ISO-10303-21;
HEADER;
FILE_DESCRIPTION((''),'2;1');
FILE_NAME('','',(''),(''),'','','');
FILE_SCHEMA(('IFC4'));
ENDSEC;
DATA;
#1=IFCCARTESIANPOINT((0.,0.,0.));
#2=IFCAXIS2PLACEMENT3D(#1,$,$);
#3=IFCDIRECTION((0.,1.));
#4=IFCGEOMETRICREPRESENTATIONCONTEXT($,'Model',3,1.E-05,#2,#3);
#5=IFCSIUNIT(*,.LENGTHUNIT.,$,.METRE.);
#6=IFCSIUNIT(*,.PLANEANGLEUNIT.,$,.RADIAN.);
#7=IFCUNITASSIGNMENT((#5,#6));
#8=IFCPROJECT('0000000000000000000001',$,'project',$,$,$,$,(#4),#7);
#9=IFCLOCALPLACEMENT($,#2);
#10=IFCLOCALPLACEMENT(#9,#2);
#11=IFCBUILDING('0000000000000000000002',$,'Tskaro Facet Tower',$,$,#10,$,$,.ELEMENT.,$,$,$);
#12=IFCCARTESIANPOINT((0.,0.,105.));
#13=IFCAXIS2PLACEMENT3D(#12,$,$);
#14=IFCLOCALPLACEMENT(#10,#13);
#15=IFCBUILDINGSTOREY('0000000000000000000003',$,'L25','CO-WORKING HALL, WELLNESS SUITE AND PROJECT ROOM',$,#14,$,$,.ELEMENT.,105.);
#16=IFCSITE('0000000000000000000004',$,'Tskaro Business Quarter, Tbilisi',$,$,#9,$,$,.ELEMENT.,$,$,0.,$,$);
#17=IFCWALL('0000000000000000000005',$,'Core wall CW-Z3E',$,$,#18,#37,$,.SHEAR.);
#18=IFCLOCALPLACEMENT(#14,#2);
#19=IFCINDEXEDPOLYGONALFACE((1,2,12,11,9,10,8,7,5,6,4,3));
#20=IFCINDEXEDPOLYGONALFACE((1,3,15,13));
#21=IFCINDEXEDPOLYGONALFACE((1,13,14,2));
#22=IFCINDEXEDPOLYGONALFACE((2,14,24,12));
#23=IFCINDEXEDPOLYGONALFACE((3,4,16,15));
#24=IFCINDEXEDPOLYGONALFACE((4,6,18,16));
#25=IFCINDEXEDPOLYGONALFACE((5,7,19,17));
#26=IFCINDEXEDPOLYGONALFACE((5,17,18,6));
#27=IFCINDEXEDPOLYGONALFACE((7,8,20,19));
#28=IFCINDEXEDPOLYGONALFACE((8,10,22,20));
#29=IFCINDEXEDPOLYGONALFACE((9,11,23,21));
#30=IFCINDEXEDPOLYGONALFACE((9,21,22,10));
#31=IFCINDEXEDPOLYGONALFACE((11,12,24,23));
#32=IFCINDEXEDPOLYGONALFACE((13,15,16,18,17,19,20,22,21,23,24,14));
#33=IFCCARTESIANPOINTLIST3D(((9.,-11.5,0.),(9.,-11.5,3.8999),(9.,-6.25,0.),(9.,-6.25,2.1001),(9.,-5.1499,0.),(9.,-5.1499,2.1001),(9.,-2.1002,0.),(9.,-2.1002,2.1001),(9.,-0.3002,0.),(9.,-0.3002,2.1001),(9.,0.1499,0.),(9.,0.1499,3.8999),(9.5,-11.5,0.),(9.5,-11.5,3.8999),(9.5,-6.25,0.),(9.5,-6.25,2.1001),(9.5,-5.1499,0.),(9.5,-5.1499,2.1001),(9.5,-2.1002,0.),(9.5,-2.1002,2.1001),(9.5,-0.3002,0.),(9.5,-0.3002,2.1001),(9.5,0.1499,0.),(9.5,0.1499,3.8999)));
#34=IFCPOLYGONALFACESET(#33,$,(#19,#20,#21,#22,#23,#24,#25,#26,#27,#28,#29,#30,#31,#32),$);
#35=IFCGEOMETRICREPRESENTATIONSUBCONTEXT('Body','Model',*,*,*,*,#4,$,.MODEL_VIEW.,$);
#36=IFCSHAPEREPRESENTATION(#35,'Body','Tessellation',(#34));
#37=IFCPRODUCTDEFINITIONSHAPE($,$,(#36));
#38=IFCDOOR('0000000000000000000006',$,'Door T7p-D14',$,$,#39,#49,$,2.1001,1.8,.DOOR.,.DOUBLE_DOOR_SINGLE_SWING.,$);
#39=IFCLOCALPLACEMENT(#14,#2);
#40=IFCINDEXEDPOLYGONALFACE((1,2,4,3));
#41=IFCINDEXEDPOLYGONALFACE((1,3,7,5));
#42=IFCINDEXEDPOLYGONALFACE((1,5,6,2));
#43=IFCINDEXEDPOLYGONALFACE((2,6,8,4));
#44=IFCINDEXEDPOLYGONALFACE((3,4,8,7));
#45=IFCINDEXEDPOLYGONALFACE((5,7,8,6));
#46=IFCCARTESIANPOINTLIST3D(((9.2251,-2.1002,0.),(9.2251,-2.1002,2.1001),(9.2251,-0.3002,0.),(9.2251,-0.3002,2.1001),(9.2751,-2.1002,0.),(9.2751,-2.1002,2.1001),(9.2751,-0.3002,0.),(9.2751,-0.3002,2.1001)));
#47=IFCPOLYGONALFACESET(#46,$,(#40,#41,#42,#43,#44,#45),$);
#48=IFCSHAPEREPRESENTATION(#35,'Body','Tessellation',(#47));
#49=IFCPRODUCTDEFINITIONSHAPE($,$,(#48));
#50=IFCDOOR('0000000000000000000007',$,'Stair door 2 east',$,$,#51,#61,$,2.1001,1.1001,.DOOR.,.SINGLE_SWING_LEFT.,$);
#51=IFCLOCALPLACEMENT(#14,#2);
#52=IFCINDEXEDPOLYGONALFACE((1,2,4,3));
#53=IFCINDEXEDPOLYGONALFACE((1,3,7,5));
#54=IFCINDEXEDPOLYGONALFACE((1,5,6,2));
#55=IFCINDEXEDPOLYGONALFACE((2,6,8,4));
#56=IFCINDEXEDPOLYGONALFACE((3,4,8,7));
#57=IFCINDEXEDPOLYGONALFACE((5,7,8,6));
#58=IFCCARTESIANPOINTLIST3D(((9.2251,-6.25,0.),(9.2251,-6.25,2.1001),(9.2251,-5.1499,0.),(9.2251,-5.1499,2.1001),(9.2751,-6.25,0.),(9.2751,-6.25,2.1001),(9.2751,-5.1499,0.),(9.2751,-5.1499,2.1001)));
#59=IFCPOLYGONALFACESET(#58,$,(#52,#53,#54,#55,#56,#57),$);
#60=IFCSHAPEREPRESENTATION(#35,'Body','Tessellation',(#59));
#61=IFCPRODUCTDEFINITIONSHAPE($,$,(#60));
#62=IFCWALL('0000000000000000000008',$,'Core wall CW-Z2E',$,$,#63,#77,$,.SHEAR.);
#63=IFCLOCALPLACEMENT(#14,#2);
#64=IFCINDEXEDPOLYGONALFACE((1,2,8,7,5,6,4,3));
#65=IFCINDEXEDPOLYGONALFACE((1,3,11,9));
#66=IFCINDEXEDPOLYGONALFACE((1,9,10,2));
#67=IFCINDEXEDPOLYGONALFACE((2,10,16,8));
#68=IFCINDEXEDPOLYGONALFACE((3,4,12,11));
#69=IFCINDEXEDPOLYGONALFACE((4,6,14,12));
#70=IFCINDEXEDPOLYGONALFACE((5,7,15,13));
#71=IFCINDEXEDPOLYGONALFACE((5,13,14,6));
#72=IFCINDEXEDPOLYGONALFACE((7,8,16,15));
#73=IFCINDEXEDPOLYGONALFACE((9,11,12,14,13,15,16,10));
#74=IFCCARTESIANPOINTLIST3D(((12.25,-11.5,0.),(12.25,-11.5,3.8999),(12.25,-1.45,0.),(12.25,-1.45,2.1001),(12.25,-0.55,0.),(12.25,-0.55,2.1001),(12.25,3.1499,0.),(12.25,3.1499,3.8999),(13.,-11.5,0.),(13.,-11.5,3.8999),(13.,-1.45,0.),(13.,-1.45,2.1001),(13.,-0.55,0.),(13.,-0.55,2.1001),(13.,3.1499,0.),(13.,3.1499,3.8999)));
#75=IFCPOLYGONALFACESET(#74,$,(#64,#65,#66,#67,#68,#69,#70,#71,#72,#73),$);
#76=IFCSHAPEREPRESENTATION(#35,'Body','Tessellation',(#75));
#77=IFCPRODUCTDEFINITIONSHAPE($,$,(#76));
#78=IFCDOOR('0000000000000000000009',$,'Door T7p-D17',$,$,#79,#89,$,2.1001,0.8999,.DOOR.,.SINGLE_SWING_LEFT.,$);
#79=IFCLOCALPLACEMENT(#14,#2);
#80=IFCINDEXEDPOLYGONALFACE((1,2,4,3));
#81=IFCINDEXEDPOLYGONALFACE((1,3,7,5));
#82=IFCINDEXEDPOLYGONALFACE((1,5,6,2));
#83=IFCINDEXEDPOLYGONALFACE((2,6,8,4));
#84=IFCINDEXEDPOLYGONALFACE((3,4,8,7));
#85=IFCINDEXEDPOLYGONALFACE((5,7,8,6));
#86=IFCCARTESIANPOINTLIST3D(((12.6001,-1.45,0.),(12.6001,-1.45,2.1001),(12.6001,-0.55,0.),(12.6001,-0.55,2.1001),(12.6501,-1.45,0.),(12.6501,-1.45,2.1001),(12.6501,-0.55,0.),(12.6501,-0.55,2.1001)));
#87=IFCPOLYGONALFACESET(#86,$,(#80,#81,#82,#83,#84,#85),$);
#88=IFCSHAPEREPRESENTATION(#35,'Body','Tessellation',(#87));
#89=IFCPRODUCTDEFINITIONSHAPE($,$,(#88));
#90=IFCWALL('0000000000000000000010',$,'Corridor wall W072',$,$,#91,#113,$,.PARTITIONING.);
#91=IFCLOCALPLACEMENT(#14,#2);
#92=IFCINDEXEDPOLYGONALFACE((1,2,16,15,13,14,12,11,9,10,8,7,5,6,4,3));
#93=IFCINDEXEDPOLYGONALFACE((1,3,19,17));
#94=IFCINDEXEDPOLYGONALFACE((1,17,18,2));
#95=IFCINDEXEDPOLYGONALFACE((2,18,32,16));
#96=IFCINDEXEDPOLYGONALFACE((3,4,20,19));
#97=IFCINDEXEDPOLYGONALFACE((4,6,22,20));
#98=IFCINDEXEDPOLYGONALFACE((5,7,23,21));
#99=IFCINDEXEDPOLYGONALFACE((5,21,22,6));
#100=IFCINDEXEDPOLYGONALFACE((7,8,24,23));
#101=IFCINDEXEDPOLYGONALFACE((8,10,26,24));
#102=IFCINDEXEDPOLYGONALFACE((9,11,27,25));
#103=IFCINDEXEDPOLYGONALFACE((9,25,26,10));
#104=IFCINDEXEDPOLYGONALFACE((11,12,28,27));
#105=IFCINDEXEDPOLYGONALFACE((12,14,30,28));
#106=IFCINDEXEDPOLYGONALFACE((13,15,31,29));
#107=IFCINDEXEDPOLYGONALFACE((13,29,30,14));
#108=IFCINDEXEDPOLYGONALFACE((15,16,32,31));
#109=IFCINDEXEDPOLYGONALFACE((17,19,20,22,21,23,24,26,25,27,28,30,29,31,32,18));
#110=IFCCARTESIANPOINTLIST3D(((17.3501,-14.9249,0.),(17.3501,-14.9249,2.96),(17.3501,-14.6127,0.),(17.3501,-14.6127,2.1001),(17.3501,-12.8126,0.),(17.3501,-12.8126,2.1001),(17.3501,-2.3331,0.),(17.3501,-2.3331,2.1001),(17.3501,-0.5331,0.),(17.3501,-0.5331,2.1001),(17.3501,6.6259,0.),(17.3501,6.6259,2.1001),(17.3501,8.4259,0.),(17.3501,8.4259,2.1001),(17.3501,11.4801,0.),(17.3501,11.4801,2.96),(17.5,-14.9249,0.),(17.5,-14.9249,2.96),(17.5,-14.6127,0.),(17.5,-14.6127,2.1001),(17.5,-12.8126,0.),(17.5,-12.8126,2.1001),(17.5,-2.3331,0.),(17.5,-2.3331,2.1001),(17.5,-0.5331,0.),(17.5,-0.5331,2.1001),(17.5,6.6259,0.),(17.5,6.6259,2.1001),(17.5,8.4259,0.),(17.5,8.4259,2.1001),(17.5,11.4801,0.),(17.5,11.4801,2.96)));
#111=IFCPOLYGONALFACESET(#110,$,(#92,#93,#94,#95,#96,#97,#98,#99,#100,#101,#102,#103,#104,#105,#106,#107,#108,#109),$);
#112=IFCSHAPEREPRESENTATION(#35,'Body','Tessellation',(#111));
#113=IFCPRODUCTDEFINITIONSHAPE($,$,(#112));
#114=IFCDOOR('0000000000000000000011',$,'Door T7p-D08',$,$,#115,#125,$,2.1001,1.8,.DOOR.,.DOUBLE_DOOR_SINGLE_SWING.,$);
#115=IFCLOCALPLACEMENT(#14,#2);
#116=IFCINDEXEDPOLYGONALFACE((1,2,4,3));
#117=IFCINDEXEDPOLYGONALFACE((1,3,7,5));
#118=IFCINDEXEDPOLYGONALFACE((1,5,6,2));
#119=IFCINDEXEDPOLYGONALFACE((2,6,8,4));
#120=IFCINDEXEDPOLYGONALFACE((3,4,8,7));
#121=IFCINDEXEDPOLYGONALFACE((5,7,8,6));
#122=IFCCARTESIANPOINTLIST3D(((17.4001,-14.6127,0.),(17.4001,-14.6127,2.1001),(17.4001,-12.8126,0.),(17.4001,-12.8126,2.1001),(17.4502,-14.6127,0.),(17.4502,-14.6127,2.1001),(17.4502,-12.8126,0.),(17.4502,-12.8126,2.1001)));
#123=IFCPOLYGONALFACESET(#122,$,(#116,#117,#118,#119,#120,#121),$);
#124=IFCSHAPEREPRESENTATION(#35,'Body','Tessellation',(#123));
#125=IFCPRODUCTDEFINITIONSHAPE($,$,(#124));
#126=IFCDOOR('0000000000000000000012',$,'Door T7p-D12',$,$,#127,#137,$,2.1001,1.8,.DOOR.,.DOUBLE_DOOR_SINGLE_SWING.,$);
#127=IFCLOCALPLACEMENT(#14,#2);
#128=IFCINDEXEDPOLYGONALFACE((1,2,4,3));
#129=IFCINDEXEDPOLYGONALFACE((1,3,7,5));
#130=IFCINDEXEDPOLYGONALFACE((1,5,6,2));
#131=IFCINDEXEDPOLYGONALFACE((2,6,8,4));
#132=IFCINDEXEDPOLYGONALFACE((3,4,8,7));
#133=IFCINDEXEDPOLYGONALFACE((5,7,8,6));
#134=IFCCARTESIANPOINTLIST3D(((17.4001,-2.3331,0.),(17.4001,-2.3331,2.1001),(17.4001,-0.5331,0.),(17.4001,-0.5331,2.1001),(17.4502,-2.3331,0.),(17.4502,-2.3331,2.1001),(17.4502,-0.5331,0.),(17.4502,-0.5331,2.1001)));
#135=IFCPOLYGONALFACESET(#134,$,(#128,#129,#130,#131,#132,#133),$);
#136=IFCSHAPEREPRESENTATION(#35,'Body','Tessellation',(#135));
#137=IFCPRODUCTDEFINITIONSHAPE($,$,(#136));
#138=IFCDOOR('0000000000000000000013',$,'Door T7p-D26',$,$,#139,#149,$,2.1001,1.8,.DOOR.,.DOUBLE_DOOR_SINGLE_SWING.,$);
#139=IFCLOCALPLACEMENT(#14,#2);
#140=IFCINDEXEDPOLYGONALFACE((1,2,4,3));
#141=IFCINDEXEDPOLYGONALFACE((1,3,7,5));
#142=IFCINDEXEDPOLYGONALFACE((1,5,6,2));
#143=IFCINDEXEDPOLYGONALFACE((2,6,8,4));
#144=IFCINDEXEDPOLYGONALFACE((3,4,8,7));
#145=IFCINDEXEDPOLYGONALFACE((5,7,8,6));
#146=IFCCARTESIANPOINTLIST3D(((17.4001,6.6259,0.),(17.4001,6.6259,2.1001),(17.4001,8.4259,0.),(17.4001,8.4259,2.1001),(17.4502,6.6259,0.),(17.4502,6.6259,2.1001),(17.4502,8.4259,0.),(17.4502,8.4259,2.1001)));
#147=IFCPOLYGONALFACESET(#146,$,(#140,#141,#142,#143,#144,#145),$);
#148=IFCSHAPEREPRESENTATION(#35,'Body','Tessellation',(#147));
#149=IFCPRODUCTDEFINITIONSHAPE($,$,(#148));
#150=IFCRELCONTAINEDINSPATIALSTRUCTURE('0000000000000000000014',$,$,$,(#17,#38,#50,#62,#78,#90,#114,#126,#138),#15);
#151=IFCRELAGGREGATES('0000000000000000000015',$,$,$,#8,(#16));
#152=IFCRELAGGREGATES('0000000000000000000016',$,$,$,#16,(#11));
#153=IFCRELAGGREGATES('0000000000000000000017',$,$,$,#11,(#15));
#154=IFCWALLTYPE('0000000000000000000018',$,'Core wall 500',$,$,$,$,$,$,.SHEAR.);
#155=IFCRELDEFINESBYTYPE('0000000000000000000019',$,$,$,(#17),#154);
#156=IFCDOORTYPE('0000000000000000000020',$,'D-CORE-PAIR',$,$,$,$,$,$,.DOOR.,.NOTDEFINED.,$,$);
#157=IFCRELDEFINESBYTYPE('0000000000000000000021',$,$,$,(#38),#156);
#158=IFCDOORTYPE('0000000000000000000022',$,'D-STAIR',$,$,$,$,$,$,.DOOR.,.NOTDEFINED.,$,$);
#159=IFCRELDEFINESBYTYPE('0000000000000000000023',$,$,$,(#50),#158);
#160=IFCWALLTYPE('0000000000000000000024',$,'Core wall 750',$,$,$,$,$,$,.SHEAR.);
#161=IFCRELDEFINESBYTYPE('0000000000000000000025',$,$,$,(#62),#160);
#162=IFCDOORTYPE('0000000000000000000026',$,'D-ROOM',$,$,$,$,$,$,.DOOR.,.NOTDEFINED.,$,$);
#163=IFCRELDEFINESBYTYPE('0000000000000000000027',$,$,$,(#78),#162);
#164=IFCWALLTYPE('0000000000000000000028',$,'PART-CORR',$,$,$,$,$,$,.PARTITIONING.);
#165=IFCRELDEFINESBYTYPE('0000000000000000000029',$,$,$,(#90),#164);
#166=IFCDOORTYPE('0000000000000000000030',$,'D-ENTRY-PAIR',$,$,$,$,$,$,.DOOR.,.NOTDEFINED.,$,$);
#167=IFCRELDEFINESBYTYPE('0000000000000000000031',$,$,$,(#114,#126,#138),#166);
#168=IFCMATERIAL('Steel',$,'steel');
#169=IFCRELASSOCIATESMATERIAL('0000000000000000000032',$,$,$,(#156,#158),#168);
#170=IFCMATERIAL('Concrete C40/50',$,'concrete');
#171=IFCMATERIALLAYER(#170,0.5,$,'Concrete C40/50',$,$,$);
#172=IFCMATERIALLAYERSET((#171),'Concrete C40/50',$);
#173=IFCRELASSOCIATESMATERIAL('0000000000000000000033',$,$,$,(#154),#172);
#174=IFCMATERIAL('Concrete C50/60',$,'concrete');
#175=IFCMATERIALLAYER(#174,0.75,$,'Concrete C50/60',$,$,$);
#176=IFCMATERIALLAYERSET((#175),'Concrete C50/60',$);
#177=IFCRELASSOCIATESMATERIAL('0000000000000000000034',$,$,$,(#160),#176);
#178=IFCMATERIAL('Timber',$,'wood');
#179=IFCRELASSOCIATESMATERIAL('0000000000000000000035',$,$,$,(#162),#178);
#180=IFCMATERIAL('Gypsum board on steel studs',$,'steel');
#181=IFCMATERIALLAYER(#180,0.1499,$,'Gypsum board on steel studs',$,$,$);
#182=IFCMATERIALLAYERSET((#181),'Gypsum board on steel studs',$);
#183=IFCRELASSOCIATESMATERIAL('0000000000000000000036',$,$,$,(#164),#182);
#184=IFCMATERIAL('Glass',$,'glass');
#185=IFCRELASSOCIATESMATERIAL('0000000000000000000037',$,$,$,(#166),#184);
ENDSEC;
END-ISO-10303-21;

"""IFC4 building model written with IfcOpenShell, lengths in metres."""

from ifc_helpers import new_model, si_unit, direction, frame, frame_2d, origin, place, context, subcontext, project, spatial, rectangle, extrude, material, layer, layer_set, type_object, element, fill, save


model = new_model("IFC4")

# Units and contexts
model_context = context("Model", 3, precision=1e-05, world=origin(), true_north=direction((0.0, 1.0)))
body_context = subcontext(model_context, "Body", "Model", "MODEL_VIEW")
ifc_project = project(units=[si_unit("LENGTHUNIT", "METRE"), si_unit("PLANEANGLEUNIT", "RADIAN")], contexts=[model_context])

# Site, building, storey
site_placement = place(None, origin())
site = spatial("IfcSite", under=ifc_project, at=site_placement, Name="Tskaro Business Quarter, Tbilisi", CompositionType="ELEMENT", RefElevation=0.0)
building_placement = place(site_placement, origin())
building = spatial("IfcBuilding", under=site, at=building_placement, Name="Tskaro Facet Tower", CompositionType="ELEMENT")
storey_placement = place(building_placement, frame((0.0, 0.0, 105.0)))
storey = spatial("IfcBuildingStorey", under=building, at=storey_placement, Name="L25", Description="CO-WORKING HALL, WELLNESS SUITE AND PROJECT ROOM", CompositionType="ELEMENT", Elevation=105.0)

# Shared definitions
ifc_material_1 = material(Name="Steel", Category="steel")
door_type_1 = type_object("IfcDoorType", Name="D-CORE-PAIR", OperationType="NOTDEFINED", PredefinedType="DOOR", material=ifc_material_1)

# Wall, openings, doors
ifc_material_2 = material(Name="Concrete C40/50", Category="concrete")
ifc_layer_1 = layer(ifc_material_2, 0.5, Name="Concrete C40/50")
ifc_layer_set_1 = layer_set([ifc_layer_1], Name="Concrete C40/50")
wall_type_1 = type_object("IfcWallType", Name="Core wall 500", PredefinedType="SHEAR", material=ifc_layer_set_1)
wall_1_placement = place(storey_placement, frame((9.25, -11.5, 0.0), z_axis=(0.0, 0.0, 1.0), x_axis=(0.0, 1.0, 0.0)))
wall_1 = element("IfcWall", 1, at=wall_1_placement, inside=storey, type_object=wall_type_1, Name="Core wall CW-Z3E", PredefinedType="SHEAR", context=body_context, shape_type="SweptSolid", body=[
    extrude(rectangle(XDim=11.6499, YDim=0.5, at=frame_2d((5.825, 0.0))), origin(), (0.0, 0.0, 1.0), 3.8999),
])
opening_1_placement = place(wall_1_placement, frame((9.3999, 0.0, 0.0)))
opening_1 = element("IfcOpeningElement", 2, at=opening_1_placement, cuts=wall_1, PredefinedType="OPENING", context=body_context, shape_type="SweptSolid", body=[
    extrude(rectangle(XDim=1.8, YDim=2.1001, at=frame_2d((0.8999, 1.05))), frame((0.0, 0.26, 0.0), z_axis=(0.0, -1.0, 0.0), x_axis=(1.0, 0.0, 0.0)), (0.0, 0.0, 1.0), 0.52),
])
opening_2_placement = place(wall_1_placement, frame((5.25, 0.0, 0.0)))
opening_2 = element("IfcOpeningElement", 3, at=opening_2_placement, cuts=wall_1, PredefinedType="OPENING", context=body_context, shape_type="SweptSolid", body=[
    extrude(rectangle(XDim=1.1001, YDim=2.1001, at=frame_2d((0.55, 1.05))), frame((0.0, 0.26, 0.0), z_axis=(0.0, -1.0, 0.0), x_axis=(1.0, 0.0, 0.0)), (0.0, 0.0, 1.0), 0.52),
])
door_1_placement = place(opening_1_placement, origin())
door_1 = element("IfcDoor", 4, at=door_1_placement, inside=storey, type_object=door_type_1, Name="Door T7p-D14", OperationType="DOUBLE_DOOR_SINGLE_SWING", OverallHeight=2.1001, OverallWidth=1.8, PredefinedType="DOOR", context=body_context, shape_type="SweptSolid", body=[
    extrude(rectangle(XDim=1.8, YDim=2.1001, at=frame_2d((0.8999, 1.05))), frame((0.0, 0.0249, 0.0), z_axis=(0.0, -1.0, 0.0), x_axis=(1.0, 0.0, 0.0)), (0.0, 0.0, 1.0), 0.05),
])
fill(opening_1, door_1)
door_type_2 = type_object("IfcDoorType", Name="D-STAIR", OperationType="NOTDEFINED", PredefinedType="DOOR", material=ifc_material_1)
door_2_placement = place(opening_2_placement, origin())
door_2 = element("IfcDoor", 5, at=door_2_placement, inside=storey, type_object=door_type_2, Name="Stair door 2 east", OperationType="SINGLE_SWING_LEFT", OverallHeight=2.1001, OverallWidth=1.1001, PredefinedType="DOOR", context=body_context, shape_type="SweptSolid", body=[
    extrude(rectangle(XDim=1.1001, YDim=2.1001, at=frame_2d((0.55, 1.05))), frame((0.0, 0.0249, 0.0), z_axis=(0.0, -1.0, 0.0), x_axis=(1.0, 0.0, 0.0)), (0.0, 0.0, 1.0), 0.05),
])
fill(opening_2, door_2)

# Wall, opening, door
ifc_material_3 = material(Name="Concrete C50/60", Category="concrete")
ifc_layer_2 = layer(ifc_material_3, 0.75, Name="Concrete C50/60")
ifc_layer_set_2 = layer_set([ifc_layer_2], Name="Concrete C50/60")
wall_type_2 = type_object("IfcWallType", Name="Core wall 750", PredefinedType="SHEAR", material=ifc_layer_set_2)
wall_2_placement = place(storey_placement, frame((12.625, -11.5, 0.0), z_axis=(0.0, 0.0, 1.0), x_axis=(0.0, 1.0, 0.0)))
wall_2 = element("IfcWall", 6, at=wall_2_placement, inside=storey, type_object=wall_type_2, Name="Core wall CW-Z2E", PredefinedType="SHEAR", context=body_context, shape_type="SweptSolid", body=[
    extrude(rectangle(XDim=14.6499, YDim=0.75, at=frame_2d((7.325, 0.0))), origin(), (0.0, 0.0, 1.0), 3.8999),
])
opening_3_placement = place(wall_2_placement, frame((10.05, 0.0, 0.0)))
opening_3 = element("IfcOpeningElement", 7, at=opening_3_placement, cuts=wall_2, PredefinedType="OPENING", context=body_context, shape_type="SweptSolid", body=[
    extrude(rectangle(XDim=0.8999, YDim=2.1001, at=frame_2d((0.45, 1.05))), frame((0.0, 0.385, 0.0), z_axis=(0.0, -1.0, 0.0), x_axis=(1.0, 0.0, 0.0)), (0.0, 0.0, 1.0), 0.77),
])
ifc_material_4 = material(Name="Timber", Category="wood")
door_type_3 = type_object("IfcDoorType", Name="D-ROOM", OperationType="NOTDEFINED", PredefinedType="DOOR", material=ifc_material_4)
door_3_placement = place(opening_3_placement, origin())
door_3 = element("IfcDoor", 8, at=door_3_placement, inside=storey, type_object=door_type_3, Name="Door T7p-D17", OperationType="SINGLE_SWING_LEFT", OverallHeight=2.1001, OverallWidth=0.8999, PredefinedType="DOOR", context=body_context, shape_type="SweptSolid", body=[
    extrude(rectangle(XDim=0.8999, YDim=2.1001, at=frame_2d((0.45, 1.05))), frame((0.0, 0.0249, 0.0), z_axis=(0.0, -1.0, 0.0), x_axis=(1.0, 0.0, 0.0)), (0.0, 0.0, 1.0), 0.05),
])
fill(opening_3, door_3)

# Wall, openings, doors
ifc_material_5 = material(Name="Gypsum board on steel studs", Category="steel")
ifc_layer_3 = layer(ifc_material_5, 0.1499, Name="Gypsum board on steel studs")
ifc_layer_set_3 = layer_set([ifc_layer_3], Name="Gypsum board on steel studs")
wall_type_3 = type_object("IfcWallType", Name="PART-CORR", PredefinedType="PARTITIONING", material=ifc_layer_set_3)
wall_3_placement = place(storey_placement, frame((17.425, -14.925, 0.0), z_axis=(0.0, 0.0, 1.0), x_axis=(0.0, 1.0, 0.0)))
wall_3 = element("IfcWall", 9, at=wall_3_placement, inside=storey, type_object=wall_type_3, Name="Corridor wall W072", PredefinedType="PARTITIONING", context=body_context, shape_type="SweptSolid", body=[
    extrude(rectangle(XDim=26.405, YDim=0.1499, at=frame_2d((13.2026, 0.0))), origin(), (0.0, 0.0, 1.0), 2.96),
])
opening_4_placement = place(wall_3_placement, frame((0.3125, 0.0, 0.0)))
opening_4 = element("IfcOpeningElement", 10, at=opening_4_placement, cuts=wall_3, PredefinedType="OPENING", context=body_context, shape_type="SweptSolid", body=[
    extrude(rectangle(XDim=1.8, YDim=2.1001, at=frame_2d((0.8999, 1.05))), frame((0.0, 0.085, 0.0), z_axis=(0.0, -1.0, 0.0), x_axis=(1.0, 0.0, 0.0)), (0.0, 0.0, 1.0), 0.1699),
])
opening_5_placement = place(wall_3_placement, frame((12.592, 0.0, 0.0)))
opening_5 = element("IfcOpeningElement", 11, at=opening_5_placement, cuts=wall_3, PredefinedType="OPENING", context=body_context, shape_type="SweptSolid", body=[
    extrude(rectangle(XDim=1.8, YDim=2.1001, at=frame_2d((0.8999, 1.05))), frame((0.0, 0.085, 0.0), z_axis=(0.0, -1.0, 0.0), x_axis=(1.0, 0.0, 0.0)), (0.0, 0.0, 1.0), 0.1699),
])
opening_6_placement = place(wall_3_placement, frame((21.551, 0.0, 0.0)))
opening_6 = element("IfcOpeningElement", 12, at=opening_6_placement, cuts=wall_3, PredefinedType="OPENING", context=body_context, shape_type="SweptSolid", body=[
    extrude(rectangle(XDim=1.8, YDim=2.1001, at=frame_2d((0.8999, 1.05))), frame((0.0, 0.085, 0.0), z_axis=(0.0, -1.0, 0.0), x_axis=(1.0, 0.0, 0.0)), (0.0, 0.0, 1.0), 0.1699),
])
ifc_material_6 = material(Name="Glass", Category="glass")
door_type_4 = type_object("IfcDoorType", Name="D-ENTRY-PAIR", OperationType="NOTDEFINED", PredefinedType="DOOR", material=ifc_material_6)
door_4_placement = place(opening_4_placement, origin())
door_4 = element("IfcDoor", 13, at=door_4_placement, inside=storey, type_object=door_type_4, Name="Door T7p-D08", OperationType="DOUBLE_DOOR_SINGLE_SWING", OverallHeight=2.1001, OverallWidth=1.8, PredefinedType="DOOR", context=body_context, shape_type="SweptSolid", body=[
    extrude(rectangle(XDim=1.8, YDim=2.1001, at=frame_2d((0.8999, 1.05))), frame((0.0, 0.0249, 0.0), z_axis=(0.0, -1.0, 0.0), x_axis=(1.0, 0.0, 0.0)), (0.0, 0.0, 1.0), 0.05),
])
fill(opening_4, door_4)
door_5_placement = place(opening_5_placement, origin())
door_5 = element("IfcDoor", 14, at=door_5_placement, inside=storey, type_object=door_type_4, Name="Door T7p-D12", OperationType="DOUBLE_DOOR_SINGLE_SWING", OverallHeight=2.1001, OverallWidth=1.8, PredefinedType="DOOR", context=body_context, shape_type="SweptSolid", body=[
    extrude(rectangle(XDim=1.8, YDim=2.1001, at=frame_2d((0.8999, 1.05))), frame((0.0, 0.0249, 0.0), z_axis=(0.0, -1.0, 0.0), x_axis=(1.0, 0.0, 0.0)), (0.0, 0.0, 1.0), 0.05),
])
fill(opening_5, door_5)
door_6_placement = place(opening_6_placement, origin())
door_6 = element("IfcDoor", 15, at=door_6_placement, inside=storey, type_object=door_type_4, Name="Door T7p-D26", OperationType="DOUBLE_DOOR_SINGLE_SWING", OverallHeight=2.1001, OverallWidth=1.8, PredefinedType="DOOR", context=body_context, shape_type="SweptSolid", body=[
    extrude(rectangle(XDim=1.8, YDim=2.1001, at=frame_2d((0.8999, 1.05))), frame((0.0, 0.0249, 0.0), z_axis=(0.0, -1.0, 0.0), x_axis=(1.0, 0.0, 0.0)), (0.0, 0.0, 1.0), 0.05),
])
fill(opening_6, door_6)

save(model, "model.ifc")
